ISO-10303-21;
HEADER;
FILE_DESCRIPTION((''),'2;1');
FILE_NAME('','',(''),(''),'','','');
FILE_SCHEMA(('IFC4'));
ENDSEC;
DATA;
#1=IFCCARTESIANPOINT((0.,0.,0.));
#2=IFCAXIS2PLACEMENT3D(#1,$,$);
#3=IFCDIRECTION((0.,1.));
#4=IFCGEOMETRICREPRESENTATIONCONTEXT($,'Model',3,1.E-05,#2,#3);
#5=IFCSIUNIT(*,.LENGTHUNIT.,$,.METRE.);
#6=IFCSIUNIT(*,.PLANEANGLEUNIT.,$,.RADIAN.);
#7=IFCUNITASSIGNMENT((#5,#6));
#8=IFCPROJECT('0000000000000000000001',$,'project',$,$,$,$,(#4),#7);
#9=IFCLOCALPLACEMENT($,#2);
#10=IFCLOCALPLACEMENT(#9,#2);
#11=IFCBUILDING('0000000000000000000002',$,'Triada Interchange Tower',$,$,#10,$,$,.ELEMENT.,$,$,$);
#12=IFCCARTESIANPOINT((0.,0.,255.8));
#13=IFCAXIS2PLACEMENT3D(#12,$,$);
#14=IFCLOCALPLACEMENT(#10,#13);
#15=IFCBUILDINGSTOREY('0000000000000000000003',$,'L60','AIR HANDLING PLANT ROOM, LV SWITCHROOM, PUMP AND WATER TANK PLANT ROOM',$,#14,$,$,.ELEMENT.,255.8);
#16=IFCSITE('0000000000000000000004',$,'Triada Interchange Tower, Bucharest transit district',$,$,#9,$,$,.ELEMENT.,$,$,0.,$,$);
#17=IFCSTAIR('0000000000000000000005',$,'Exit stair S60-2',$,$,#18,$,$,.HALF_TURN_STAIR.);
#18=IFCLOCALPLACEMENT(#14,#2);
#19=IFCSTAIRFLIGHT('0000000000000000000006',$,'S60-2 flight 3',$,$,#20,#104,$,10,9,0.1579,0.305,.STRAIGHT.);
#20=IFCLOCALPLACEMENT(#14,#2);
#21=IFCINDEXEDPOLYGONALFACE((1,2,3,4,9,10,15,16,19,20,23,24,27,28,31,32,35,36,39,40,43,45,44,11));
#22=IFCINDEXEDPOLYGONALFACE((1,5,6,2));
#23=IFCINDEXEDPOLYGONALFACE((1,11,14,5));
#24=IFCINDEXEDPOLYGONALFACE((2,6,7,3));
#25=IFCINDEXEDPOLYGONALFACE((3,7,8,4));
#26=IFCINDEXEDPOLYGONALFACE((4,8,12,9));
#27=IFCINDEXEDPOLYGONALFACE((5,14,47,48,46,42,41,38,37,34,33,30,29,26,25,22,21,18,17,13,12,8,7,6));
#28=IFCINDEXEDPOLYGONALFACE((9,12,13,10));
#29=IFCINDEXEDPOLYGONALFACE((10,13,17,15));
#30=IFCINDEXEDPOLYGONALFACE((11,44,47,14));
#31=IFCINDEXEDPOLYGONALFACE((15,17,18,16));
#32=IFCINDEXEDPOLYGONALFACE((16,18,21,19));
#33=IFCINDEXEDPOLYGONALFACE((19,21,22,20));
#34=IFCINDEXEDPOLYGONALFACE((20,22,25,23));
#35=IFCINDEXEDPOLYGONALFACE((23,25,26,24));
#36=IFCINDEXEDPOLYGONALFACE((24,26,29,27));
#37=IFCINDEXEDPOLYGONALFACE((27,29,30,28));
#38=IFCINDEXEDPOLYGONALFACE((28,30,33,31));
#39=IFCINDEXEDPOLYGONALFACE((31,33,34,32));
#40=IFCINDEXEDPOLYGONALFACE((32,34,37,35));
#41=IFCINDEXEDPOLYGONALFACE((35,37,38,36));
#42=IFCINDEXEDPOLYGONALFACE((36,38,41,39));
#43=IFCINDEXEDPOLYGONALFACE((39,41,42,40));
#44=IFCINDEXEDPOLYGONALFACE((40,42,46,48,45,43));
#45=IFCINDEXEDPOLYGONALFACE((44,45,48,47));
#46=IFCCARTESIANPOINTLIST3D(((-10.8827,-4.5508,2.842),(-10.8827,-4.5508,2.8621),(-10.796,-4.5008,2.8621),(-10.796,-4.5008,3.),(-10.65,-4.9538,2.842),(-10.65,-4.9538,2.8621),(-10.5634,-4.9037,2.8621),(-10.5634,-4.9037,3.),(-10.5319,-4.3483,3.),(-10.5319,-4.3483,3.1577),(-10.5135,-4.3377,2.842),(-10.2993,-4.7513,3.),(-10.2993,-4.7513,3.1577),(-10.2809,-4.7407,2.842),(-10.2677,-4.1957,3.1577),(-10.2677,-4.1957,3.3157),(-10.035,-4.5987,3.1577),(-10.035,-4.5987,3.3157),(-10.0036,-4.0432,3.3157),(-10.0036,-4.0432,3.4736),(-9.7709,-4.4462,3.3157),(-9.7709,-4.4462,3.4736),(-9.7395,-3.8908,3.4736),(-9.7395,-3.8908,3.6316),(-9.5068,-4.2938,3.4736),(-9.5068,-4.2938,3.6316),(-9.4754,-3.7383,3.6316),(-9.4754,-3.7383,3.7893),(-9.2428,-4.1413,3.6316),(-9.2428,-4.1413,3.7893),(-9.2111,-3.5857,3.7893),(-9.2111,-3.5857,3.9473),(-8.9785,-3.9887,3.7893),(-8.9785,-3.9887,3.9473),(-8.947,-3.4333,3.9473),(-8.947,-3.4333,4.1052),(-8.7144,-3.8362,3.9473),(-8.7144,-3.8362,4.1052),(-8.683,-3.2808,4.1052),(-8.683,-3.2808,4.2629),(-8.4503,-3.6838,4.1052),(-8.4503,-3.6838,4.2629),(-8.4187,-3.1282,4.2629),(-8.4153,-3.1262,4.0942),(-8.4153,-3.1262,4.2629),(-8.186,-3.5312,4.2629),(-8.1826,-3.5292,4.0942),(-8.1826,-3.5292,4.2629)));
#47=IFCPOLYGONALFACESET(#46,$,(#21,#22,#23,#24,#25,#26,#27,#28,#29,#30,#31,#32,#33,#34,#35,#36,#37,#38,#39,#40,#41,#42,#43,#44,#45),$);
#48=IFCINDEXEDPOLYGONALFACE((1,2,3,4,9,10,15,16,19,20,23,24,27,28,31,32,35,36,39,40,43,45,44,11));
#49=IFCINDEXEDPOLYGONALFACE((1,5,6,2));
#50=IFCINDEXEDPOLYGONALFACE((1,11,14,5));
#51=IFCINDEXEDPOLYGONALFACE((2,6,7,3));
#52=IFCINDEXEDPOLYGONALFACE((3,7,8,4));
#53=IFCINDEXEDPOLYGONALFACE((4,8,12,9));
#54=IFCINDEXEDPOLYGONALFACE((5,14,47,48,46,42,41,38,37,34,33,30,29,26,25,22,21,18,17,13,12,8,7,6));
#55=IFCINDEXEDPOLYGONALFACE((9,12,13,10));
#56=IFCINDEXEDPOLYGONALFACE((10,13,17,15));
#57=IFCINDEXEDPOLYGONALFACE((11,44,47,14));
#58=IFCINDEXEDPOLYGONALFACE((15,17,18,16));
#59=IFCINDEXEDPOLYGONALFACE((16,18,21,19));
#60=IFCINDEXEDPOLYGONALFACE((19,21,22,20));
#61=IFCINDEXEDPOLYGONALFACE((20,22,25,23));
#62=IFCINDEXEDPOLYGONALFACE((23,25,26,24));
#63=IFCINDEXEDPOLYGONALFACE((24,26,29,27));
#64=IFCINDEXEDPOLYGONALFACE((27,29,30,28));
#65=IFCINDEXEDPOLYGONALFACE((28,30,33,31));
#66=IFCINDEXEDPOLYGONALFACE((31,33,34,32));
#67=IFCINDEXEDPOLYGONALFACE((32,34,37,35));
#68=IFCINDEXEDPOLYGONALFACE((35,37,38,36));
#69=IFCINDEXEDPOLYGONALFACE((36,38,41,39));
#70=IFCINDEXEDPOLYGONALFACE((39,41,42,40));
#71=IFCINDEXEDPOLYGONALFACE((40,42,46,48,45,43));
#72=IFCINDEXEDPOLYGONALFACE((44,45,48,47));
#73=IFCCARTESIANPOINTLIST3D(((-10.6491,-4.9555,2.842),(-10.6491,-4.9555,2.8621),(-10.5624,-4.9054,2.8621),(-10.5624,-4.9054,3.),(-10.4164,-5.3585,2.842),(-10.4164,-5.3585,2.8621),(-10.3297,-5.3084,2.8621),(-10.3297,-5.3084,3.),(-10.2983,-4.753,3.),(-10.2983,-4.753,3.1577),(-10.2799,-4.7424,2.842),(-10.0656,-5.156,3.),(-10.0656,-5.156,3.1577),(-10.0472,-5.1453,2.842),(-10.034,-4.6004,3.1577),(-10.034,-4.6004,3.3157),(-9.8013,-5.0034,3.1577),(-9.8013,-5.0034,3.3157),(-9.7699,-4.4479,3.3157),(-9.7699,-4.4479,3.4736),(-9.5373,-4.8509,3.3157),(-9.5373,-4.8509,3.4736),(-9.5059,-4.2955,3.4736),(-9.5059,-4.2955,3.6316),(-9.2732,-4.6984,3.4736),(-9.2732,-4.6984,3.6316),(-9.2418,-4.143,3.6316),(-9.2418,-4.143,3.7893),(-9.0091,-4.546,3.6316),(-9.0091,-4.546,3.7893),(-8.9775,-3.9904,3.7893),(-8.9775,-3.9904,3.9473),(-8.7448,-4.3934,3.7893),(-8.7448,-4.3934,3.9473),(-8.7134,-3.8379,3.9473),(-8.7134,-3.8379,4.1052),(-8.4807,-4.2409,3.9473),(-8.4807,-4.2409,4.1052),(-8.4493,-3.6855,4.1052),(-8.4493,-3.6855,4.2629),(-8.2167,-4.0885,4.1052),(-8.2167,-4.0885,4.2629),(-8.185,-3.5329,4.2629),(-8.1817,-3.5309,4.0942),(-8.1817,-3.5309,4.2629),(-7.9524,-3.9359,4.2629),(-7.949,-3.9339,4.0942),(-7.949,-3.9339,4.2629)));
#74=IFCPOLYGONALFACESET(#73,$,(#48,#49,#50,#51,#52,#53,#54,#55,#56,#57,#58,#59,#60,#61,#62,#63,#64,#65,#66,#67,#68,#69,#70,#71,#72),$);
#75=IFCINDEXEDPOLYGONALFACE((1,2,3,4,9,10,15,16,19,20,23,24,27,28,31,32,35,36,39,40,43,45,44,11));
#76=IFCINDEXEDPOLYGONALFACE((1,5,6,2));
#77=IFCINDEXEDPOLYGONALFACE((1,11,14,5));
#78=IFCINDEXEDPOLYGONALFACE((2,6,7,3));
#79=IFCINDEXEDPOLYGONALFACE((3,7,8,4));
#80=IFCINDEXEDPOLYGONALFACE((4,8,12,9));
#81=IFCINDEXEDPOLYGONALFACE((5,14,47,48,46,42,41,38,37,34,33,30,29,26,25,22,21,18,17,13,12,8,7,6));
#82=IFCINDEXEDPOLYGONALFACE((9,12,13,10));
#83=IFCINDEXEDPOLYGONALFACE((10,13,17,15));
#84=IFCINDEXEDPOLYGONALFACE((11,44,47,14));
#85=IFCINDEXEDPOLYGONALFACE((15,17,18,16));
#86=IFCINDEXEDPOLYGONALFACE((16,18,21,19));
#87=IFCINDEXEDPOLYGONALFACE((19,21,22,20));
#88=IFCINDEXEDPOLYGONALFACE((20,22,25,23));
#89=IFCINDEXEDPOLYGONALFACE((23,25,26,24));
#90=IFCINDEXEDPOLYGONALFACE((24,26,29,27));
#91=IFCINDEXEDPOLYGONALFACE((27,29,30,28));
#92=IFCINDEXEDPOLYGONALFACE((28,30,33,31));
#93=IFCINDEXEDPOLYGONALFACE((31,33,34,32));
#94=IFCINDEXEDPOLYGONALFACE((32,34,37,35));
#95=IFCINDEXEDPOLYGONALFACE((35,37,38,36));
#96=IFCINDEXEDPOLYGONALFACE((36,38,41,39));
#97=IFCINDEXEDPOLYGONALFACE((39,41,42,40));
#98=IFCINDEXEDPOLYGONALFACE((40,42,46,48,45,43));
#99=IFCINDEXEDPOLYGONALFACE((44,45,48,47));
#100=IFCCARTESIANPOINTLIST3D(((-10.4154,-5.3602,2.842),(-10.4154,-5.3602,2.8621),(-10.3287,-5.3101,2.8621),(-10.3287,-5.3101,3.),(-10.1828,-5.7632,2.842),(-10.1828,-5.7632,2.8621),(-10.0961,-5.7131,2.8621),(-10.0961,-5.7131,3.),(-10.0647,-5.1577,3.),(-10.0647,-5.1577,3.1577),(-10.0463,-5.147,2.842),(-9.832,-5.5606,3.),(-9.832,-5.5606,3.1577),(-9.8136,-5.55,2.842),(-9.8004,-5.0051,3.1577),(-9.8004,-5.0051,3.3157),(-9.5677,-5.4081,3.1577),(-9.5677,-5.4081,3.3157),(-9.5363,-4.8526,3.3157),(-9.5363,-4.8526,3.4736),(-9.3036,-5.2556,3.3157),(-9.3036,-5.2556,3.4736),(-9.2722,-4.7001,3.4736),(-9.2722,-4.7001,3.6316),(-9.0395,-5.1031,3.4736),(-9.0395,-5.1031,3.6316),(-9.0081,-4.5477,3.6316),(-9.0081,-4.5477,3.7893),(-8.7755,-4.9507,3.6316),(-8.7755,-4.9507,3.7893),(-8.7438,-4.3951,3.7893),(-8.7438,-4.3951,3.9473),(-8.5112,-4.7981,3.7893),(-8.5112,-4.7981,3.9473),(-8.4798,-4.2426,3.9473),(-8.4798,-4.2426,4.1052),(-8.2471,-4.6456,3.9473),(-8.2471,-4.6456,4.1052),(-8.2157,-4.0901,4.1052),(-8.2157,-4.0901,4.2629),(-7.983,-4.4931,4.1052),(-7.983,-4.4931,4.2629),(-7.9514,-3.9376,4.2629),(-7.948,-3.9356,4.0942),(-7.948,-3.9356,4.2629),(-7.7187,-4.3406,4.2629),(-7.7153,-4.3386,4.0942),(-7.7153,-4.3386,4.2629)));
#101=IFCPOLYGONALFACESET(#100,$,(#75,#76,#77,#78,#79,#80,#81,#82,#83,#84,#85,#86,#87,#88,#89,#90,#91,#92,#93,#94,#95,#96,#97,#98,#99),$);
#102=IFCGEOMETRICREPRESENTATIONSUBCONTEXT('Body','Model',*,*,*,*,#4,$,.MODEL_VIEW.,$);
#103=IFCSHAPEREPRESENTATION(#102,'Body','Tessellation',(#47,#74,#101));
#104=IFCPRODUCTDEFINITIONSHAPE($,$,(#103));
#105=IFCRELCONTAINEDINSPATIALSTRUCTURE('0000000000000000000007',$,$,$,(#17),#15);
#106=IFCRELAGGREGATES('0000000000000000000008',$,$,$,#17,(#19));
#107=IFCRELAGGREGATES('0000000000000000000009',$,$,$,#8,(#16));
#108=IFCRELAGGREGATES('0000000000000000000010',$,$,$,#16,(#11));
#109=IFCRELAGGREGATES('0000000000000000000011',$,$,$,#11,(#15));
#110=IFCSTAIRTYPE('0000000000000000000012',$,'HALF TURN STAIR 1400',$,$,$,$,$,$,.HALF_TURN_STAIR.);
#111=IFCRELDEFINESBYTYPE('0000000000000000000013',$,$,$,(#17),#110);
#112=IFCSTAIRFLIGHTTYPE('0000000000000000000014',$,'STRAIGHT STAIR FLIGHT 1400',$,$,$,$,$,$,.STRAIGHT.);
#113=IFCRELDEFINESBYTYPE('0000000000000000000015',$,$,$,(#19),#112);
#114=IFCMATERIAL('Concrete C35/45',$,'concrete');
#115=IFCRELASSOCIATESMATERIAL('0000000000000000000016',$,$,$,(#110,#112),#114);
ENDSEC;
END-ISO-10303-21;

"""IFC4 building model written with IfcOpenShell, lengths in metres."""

from ifc_helpers import new_model, si_unit, direction, frame, origin, place, context, subcontext, project, spatial, polyline, outline, extrude, material, type_object, element, aggregate, save


model = new_model("IFC4")

# Units and contexts
model_context = context("Model", 3, precision=1e-05, world=origin(), true_north=direction((0.0, 1.0)))
body_context = subcontext(model_context, "Body", "Model", "MODEL_VIEW")
ifc_project = project(units=[si_unit("LENGTHUNIT", "METRE"), si_unit("PLANEANGLEUNIT", "RADIAN")], contexts=[model_context])

# Site, building, storey
site_placement = place(None, origin())
site = spatial("IfcSite", under=ifc_project, at=site_placement, Name="Triada Interchange Tower, Bucharest transit district", CompositionType="ELEMENT", RefElevation=0.0)
building_placement = place(site_placement, origin())
building = spatial("IfcBuilding", under=site, at=building_placement, Name="Triada Interchange Tower", CompositionType="ELEMENT")
storey_placement = place(building_placement, frame((0.0, 0.0, 255.8)))
storey = spatial("IfcBuildingStorey", under=building, at=storey_placement, Name="L60", Description="AIR HANDLING PLANT ROOM, LV SWITCHROOM, PUMP AND WATER TANK PLANT ROOM", CompositionType="ELEMENT", Elevation=255.8)

# Stair, stair flight
ifc_material_1 = material(Name="Concrete C35/45", Category="concrete")
stair_type = type_object("IfcStairType", Name="HALF TURN STAIR 1400", PredefinedType="HALF_TURN_STAIR", material=ifc_material_1)
stair_placement = place(storey_placement, origin())
stair = element("IfcStair", 1, at=stair_placement, inside=storey, type_object=stair_type, Name="Exit stair S60-2", PredefinedType="HALF_TURN_STAIR")
stair_flight_type = type_object("IfcStairFlightType", Name="STRAIGHT STAIR FLIGHT 1400", PredefinedType="STRAIGHT", material=ifc_material_1)
stair_flight_1_placement = place(storey_placement, frame((-10.446, -5.1069, 2.842), z_axis=(0.0, 0.0, 1.0), x_axis=(0.866025, 0.5, 0.0)))
stair_flight_1 = element("IfcStairFlight", 2, at=stair_flight_1_placement, type_object=stair_flight_type, Name="S60-2 flight 3", NumberOfRisers=10, NumberOfTreads=9, PredefinedType="STRAIGHT", RiserHeight=0.1579, TreadLength=0.305, context=body_context, shape_type="SweptSolid", body=[
    extrude(outline(polyline([(-0.1001, 0.0), (-0.1001, 0.02), (0.0, 0.02), (0.0, 0.158), (0.3049, 0.158), (0.3049, 0.3157), (0.6101, 0.3157), (0.6101, 0.4736), (0.915, 0.4736), (0.915, 0.6316), (1.22, 0.6316), (1.22, 0.7896), (1.5249, 0.7896), (1.5249, 0.9473), (1.8301, 0.9473), (1.8301, 1.1052), (2.135, 1.1052), (2.135, 1.2632), (2.4399, 1.2632), (2.4399, 1.4209), (2.7451, 1.4209), (2.749, 1.4209), (2.749, 1.5789), (2.749, 1.2522), (0.3262, 0.0), (-0.1001, 0.0)])), frame((0.0, 0.7, 0.0), z_axis=(0.0, -1.0, 0.0), x_axis=(1.0, 0.0, 0.0)), (0.0, 0.0, 1.0), 0.4653),
    extrude(outline(polyline([(-0.1001, 0.0), (-0.1001, 0.02), (0.0, 0.02), (0.0, 0.158), (0.3049, 0.158), (0.3049, 0.3157), (0.6101, 0.3157), (0.6101, 0.4736), (0.915, 0.4736), (0.915, 0.6316), (1.22, 0.6316), (1.22, 0.7896), (1.5249, 0.7896), (1.5249, 0.9473), (1.8301, 0.9473), (1.8301, 1.1052), (2.135, 1.1052), (2.135, 1.2632), (2.4399, 1.2632), (2.4399, 1.4209), (2.7451, 1.4209), (2.749, 1.4209), (2.749, 1.5789), (2.749, 1.2522), (0.3262, 0.0), (-0.1001, 0.0)])), frame((0.0, 0.2327, 0.0), z_axis=(0.0, -1.0, 0.0), x_axis=(1.0, 0.0, 0.0)), (0.0, 0.0, 1.0), 0.4653),
    extrude(outline(polyline([(-0.1001, 0.0), (-0.1001, 0.02), (0.0, 0.02), (0.0, 0.158), (0.3049, 0.158), (0.3049, 0.3157), (0.6101, 0.3157), (0.6101, 0.4736), (0.915, 0.4736), (0.915, 0.6316), (1.22, 0.6316), (1.22, 0.7896), (1.5249, 0.7896), (1.5249, 0.9473), (1.8301, 0.9473), (1.8301, 1.1052), (2.135, 1.1052), (2.135, 1.2632), (2.4399, 1.2632), (2.4399, 1.4209), (2.7451, 1.4209), (2.749, 1.4209), (2.749, 1.5789), (2.749, 1.2522), (0.3262, 0.0), (-0.1001, 0.0)])), frame((0.0, -0.2346, 0.0), z_axis=(0.0, -1.0, 0.0), x_axis=(1.0, 0.0, 0.0)), (0.0, 0.0, 1.0), 0.4653),
])
aggregate(stair, [stair_flight_1])

save(model, "model.ifc")
